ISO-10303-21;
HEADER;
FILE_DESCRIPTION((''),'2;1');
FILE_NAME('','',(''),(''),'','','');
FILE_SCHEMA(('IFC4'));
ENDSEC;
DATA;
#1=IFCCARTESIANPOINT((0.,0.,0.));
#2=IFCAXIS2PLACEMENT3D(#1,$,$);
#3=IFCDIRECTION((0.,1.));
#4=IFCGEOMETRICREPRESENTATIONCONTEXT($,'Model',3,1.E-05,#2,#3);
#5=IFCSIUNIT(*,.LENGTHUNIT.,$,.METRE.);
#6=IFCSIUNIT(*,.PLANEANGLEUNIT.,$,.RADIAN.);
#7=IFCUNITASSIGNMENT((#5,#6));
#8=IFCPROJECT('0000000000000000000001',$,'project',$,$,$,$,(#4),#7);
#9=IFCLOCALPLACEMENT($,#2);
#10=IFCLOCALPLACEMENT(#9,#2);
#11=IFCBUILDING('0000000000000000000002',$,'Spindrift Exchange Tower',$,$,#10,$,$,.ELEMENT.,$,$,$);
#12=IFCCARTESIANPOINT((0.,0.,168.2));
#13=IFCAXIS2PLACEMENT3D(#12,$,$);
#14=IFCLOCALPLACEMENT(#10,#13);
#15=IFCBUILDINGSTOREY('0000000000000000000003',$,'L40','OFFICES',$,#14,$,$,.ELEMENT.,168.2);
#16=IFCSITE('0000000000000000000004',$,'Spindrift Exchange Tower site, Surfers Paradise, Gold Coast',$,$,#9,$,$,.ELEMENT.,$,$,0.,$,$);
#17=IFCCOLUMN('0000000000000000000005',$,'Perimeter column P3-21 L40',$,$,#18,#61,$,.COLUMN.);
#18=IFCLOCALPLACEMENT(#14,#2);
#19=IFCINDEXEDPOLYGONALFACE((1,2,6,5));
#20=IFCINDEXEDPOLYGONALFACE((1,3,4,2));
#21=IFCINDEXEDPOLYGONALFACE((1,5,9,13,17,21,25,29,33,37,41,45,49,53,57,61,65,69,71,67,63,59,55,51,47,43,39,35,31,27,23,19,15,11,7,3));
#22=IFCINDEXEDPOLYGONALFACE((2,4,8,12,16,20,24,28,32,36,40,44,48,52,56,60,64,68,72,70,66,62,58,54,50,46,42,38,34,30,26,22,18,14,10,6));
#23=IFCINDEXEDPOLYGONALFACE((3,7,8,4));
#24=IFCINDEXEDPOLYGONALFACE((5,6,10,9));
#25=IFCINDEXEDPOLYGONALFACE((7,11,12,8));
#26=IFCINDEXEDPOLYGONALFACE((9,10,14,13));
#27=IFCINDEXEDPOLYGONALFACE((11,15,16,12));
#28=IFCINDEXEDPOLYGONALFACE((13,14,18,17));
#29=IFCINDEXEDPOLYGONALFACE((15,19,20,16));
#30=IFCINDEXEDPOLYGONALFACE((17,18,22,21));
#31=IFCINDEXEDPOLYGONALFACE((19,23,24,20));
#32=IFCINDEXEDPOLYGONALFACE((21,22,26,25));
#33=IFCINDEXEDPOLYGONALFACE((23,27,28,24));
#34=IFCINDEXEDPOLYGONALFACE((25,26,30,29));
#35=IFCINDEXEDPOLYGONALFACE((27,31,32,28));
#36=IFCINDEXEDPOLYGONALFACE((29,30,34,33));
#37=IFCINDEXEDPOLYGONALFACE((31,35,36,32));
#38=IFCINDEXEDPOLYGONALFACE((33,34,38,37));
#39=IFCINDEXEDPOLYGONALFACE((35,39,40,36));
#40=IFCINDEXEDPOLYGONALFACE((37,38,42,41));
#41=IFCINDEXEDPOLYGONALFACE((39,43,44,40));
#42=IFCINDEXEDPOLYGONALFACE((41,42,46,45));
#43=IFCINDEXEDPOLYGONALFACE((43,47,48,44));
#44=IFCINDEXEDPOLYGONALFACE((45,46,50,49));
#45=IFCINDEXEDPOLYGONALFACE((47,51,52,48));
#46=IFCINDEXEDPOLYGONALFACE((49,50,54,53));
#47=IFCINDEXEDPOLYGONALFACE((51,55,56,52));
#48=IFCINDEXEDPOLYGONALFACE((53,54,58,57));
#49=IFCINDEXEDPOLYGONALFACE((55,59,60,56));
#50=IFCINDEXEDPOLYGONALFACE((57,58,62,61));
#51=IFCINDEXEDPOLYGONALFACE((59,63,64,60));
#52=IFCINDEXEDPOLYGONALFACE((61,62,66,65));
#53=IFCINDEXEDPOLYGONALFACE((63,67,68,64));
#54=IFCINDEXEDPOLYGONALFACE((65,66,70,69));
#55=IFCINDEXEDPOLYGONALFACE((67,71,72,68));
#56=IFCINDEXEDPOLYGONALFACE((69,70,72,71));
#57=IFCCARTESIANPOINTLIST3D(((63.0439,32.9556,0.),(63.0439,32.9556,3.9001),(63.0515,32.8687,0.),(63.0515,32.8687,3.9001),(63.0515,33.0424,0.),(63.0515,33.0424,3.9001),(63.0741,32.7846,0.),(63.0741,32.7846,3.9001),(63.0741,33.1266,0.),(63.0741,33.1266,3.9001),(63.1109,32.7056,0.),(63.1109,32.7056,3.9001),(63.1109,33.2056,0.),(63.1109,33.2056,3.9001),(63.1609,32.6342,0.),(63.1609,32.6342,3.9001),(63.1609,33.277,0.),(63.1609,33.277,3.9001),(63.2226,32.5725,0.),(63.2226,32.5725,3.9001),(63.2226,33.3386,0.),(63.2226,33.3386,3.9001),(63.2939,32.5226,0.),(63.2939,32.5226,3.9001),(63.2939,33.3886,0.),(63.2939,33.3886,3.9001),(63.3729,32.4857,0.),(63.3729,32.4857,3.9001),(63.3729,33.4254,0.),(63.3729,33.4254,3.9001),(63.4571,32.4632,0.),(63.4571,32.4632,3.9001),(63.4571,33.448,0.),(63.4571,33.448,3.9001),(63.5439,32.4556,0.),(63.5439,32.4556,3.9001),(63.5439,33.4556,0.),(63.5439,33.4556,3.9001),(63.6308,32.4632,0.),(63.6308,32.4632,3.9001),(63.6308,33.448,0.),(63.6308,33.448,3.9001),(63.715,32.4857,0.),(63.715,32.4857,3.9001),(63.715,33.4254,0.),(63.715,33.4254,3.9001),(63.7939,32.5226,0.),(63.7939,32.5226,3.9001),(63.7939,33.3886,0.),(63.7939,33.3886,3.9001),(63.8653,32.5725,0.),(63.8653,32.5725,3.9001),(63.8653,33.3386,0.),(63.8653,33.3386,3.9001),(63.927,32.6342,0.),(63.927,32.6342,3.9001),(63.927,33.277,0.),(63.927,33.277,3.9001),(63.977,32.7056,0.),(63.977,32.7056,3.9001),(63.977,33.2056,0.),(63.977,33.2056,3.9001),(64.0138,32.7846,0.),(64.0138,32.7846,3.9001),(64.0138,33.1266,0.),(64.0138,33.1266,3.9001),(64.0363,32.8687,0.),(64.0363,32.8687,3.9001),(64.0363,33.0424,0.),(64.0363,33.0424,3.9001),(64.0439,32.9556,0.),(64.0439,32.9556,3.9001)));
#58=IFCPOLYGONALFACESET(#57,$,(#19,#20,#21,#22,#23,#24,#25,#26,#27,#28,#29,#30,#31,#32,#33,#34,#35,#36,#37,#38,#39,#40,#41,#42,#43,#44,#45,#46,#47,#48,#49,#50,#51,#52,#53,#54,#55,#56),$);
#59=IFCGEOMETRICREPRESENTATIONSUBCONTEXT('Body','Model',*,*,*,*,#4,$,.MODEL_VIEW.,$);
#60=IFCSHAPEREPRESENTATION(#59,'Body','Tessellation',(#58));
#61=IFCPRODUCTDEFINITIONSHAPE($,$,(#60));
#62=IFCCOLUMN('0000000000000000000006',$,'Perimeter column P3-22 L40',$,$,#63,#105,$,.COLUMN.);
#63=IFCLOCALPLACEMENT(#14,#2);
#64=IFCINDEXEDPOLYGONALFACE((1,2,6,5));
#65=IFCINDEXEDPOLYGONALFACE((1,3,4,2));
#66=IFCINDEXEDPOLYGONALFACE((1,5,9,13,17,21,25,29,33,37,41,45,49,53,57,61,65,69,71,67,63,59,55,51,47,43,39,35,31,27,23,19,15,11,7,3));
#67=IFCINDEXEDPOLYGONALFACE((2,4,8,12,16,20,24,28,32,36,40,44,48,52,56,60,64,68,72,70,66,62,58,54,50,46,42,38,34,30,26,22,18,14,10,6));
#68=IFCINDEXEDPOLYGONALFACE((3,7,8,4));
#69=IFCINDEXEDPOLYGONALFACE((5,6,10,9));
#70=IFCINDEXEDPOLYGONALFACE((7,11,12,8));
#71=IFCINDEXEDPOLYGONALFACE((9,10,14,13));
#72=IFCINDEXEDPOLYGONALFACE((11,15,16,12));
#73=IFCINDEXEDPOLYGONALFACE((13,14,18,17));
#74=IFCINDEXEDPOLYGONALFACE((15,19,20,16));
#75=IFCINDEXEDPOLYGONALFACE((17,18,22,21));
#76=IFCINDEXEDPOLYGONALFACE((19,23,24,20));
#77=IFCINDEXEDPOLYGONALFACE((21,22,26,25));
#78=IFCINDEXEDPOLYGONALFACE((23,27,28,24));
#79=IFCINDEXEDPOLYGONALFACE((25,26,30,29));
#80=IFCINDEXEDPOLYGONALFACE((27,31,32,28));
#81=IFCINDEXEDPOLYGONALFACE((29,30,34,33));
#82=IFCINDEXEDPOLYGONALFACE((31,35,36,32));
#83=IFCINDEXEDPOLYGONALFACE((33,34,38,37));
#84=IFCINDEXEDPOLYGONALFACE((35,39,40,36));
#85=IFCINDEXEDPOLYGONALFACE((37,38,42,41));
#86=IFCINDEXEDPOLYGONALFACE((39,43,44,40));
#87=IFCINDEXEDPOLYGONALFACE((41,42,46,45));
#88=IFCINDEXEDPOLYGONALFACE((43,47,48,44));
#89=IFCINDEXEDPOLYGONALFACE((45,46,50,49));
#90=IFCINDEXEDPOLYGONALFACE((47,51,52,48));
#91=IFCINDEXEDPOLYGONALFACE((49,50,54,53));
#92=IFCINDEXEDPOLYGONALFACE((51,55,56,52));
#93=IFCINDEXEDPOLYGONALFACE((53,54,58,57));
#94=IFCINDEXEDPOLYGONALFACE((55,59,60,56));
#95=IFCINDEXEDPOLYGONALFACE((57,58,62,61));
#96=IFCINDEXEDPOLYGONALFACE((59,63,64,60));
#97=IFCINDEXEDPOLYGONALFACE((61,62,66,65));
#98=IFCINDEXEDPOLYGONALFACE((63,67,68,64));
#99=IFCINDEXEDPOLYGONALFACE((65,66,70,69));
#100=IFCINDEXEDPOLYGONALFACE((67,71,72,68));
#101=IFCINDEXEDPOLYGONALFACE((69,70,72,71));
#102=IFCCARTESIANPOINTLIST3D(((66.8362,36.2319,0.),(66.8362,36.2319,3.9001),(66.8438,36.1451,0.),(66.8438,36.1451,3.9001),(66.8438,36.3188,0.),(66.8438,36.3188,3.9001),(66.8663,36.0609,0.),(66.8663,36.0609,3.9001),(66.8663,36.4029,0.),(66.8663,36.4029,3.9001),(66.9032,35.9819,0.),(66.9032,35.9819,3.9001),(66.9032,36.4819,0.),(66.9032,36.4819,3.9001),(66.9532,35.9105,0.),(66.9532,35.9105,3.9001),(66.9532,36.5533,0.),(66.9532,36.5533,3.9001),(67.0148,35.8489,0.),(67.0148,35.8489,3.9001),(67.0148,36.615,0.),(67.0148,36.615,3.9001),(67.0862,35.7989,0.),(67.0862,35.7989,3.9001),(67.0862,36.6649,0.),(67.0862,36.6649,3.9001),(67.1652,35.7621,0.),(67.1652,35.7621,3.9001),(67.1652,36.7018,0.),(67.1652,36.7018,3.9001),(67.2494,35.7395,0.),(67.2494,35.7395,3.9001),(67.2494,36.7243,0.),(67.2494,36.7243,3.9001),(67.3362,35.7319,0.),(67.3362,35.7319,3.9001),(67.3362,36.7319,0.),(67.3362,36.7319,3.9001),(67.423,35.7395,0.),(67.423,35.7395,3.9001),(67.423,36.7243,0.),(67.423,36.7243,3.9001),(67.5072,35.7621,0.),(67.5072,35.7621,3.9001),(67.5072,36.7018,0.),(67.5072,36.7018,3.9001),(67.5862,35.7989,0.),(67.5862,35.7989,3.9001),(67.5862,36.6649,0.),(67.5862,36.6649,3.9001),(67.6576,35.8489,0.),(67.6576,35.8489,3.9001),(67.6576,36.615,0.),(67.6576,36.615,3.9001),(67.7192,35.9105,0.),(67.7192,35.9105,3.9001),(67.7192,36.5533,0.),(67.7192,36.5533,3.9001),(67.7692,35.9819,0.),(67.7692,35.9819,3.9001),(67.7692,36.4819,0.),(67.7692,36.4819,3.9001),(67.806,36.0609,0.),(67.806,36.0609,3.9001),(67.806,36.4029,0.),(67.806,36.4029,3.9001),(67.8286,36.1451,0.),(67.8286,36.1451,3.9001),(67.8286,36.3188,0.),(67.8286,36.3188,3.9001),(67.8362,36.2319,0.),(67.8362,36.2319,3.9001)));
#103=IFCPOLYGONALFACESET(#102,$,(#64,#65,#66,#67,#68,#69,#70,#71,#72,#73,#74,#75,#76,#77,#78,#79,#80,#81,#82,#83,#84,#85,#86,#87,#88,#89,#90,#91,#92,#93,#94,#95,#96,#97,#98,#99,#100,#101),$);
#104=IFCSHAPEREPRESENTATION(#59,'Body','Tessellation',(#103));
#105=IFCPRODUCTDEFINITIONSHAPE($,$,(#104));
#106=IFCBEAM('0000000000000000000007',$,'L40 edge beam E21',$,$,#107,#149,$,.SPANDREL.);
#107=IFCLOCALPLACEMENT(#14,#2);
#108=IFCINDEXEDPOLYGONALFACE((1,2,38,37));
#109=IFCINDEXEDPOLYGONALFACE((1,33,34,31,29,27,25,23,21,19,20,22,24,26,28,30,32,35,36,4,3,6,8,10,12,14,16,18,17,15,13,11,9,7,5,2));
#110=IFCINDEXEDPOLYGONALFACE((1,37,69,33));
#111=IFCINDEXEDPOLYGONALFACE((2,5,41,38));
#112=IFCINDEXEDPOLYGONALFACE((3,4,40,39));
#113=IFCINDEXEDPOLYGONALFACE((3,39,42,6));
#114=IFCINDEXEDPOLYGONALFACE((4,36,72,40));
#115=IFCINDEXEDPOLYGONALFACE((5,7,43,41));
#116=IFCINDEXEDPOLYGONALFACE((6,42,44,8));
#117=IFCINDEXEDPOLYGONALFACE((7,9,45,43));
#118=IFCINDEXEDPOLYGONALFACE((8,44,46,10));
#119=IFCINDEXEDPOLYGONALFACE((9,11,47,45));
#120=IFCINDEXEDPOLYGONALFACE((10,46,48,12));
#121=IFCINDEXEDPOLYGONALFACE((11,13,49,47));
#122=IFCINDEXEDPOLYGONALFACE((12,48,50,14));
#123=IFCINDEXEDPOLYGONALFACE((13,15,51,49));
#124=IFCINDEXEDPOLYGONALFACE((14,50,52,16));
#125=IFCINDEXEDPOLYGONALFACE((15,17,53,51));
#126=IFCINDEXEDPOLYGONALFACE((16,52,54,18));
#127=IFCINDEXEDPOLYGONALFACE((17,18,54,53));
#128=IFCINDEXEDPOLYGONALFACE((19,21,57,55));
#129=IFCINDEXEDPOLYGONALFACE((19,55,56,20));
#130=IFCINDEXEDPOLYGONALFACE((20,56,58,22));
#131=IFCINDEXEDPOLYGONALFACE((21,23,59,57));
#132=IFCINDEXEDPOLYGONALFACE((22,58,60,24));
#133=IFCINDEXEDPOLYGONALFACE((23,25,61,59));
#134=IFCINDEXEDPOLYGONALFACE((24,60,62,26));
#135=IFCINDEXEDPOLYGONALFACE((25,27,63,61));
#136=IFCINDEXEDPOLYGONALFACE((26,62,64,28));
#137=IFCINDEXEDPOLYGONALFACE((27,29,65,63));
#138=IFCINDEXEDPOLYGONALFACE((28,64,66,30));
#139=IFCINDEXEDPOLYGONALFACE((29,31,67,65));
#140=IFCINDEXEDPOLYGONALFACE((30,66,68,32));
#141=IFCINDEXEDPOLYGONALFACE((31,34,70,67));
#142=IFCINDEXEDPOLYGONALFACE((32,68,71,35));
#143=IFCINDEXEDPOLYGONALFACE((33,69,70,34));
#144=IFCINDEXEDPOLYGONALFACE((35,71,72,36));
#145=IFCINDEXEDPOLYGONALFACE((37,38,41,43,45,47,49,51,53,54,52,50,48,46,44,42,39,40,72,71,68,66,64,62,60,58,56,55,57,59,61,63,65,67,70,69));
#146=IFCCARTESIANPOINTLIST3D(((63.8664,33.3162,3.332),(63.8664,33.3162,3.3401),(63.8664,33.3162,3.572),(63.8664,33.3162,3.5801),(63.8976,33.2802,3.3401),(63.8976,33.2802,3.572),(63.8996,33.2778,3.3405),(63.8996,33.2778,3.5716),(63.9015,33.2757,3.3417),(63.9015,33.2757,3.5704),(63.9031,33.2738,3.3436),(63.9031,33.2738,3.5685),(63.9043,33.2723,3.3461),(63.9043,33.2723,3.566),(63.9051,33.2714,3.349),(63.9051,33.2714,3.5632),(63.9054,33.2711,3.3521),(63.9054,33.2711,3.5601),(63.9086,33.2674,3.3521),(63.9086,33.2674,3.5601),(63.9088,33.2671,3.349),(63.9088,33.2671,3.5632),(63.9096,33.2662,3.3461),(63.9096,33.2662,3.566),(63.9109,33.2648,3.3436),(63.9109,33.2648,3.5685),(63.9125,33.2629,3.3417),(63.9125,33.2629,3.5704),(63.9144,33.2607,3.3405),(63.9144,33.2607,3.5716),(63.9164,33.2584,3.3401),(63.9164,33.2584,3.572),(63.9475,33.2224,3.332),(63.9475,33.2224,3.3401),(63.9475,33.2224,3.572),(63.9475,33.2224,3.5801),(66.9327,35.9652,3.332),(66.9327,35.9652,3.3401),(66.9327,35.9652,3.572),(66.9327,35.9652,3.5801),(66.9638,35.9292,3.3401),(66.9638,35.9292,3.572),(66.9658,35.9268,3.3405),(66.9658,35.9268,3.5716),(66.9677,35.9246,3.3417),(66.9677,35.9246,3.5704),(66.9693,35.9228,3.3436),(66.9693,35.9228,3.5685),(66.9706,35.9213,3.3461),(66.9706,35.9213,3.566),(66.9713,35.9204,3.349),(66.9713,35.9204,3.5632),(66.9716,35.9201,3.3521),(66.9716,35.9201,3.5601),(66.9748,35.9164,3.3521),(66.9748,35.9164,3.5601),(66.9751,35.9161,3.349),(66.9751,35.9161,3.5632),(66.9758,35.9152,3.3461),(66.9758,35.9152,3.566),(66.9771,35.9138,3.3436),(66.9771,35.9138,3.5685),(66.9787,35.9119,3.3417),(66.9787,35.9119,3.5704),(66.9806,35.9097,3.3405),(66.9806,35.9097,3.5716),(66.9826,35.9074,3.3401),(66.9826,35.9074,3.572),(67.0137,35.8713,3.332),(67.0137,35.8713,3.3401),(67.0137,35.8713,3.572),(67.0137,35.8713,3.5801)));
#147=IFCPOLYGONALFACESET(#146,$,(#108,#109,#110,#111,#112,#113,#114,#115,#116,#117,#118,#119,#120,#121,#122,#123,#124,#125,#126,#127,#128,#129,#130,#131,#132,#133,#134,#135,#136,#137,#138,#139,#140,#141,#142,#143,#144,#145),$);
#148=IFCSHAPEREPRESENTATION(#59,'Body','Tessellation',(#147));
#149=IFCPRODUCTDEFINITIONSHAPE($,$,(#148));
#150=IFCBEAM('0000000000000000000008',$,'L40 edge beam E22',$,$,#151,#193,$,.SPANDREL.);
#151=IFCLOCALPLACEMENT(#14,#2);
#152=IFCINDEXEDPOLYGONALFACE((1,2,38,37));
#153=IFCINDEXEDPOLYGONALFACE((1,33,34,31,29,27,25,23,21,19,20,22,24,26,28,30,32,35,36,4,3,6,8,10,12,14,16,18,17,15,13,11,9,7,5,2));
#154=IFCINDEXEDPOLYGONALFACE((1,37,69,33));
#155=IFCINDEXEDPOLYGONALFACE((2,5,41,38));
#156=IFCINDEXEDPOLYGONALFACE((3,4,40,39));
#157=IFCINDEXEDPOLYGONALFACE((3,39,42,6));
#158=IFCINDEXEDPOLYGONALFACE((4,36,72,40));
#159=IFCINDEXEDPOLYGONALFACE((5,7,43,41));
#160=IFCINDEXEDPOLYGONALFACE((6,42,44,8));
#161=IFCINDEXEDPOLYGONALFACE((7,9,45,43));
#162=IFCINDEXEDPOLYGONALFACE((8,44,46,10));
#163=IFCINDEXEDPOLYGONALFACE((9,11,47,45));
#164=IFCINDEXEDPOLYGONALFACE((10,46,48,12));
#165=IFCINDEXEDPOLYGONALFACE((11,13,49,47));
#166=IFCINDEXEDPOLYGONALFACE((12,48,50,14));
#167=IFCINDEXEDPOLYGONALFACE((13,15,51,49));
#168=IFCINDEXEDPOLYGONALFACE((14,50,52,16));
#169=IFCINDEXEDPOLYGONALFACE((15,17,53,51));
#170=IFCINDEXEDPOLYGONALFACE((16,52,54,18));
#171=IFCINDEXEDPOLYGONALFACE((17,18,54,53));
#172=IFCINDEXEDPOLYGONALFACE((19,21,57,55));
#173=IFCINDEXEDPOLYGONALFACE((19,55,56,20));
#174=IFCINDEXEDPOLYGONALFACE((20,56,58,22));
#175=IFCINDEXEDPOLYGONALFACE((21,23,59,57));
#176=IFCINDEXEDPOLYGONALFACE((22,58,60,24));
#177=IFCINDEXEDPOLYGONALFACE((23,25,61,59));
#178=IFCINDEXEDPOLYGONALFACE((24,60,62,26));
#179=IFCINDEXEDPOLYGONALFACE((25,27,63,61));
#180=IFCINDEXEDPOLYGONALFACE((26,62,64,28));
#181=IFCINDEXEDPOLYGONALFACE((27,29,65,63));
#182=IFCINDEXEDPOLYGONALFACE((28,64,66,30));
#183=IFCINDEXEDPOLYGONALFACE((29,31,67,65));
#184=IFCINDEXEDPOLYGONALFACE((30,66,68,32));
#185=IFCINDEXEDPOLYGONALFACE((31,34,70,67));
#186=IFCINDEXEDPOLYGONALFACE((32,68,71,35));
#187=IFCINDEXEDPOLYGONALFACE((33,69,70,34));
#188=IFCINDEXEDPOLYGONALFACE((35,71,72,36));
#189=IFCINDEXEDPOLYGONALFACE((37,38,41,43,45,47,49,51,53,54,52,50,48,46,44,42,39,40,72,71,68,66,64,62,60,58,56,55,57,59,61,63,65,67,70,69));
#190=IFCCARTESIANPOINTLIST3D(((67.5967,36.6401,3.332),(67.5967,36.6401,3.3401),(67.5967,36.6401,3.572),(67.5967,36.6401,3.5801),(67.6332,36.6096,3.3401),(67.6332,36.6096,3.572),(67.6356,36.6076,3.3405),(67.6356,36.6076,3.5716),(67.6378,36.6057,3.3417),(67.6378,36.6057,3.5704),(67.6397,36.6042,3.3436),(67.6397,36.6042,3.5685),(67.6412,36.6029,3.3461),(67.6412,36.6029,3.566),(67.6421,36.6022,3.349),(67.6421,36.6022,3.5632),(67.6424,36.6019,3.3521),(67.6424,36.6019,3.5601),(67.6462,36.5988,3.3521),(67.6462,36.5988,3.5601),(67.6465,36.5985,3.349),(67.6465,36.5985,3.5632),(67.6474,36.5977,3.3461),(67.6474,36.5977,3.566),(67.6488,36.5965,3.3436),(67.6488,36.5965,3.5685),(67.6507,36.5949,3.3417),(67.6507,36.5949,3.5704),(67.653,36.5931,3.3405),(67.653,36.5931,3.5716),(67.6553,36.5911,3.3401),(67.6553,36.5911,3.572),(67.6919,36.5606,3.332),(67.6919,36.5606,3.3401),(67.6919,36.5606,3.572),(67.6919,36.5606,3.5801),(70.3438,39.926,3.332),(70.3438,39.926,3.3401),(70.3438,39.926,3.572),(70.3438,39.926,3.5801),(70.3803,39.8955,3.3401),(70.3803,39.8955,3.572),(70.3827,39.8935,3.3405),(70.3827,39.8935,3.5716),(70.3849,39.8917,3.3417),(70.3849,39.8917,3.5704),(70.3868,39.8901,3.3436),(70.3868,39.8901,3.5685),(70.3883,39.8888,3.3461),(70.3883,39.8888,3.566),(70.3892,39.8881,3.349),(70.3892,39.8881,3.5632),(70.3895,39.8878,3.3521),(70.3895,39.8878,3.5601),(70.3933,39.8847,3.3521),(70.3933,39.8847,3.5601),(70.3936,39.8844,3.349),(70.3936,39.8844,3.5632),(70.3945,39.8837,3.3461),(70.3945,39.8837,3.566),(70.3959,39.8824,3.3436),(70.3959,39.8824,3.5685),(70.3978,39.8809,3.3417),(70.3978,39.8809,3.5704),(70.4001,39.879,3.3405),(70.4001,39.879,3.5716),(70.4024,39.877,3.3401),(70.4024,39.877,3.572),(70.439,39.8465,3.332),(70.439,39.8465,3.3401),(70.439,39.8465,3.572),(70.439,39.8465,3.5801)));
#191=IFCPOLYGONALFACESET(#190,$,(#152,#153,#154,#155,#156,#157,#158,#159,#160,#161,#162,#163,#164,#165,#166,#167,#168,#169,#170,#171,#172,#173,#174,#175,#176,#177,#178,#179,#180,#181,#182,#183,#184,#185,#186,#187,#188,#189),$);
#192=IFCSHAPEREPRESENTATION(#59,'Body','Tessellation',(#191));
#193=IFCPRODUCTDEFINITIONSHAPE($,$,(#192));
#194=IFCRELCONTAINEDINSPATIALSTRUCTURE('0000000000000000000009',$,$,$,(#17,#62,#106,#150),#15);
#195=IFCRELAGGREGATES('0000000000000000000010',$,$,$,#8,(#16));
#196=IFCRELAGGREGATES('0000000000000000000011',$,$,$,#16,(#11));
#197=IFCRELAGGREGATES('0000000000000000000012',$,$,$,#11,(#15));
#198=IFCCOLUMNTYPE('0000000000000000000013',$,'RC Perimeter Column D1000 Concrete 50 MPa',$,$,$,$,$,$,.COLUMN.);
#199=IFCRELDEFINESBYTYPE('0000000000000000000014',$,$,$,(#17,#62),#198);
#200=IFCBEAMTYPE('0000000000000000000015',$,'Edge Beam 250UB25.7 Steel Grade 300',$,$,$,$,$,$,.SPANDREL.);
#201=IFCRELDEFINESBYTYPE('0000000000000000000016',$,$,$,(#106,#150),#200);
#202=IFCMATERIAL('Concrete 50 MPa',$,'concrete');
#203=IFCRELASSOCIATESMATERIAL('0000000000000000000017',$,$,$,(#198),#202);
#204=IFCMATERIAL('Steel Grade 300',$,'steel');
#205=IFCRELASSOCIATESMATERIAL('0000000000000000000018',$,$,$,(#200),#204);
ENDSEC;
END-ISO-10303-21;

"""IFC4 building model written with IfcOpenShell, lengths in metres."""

from ifc_helpers import new_model, si_unit, direction, frame, origin, origin_2d, place, context, subcontext, project, spatial, circle, i_section, extrude, source, transform, mapped, material, material_profile, profile_set, type_object, element, save


model = new_model("IFC4")

# Units and contexts
model_context = context("Model", 3, precision=1e-05, world=origin(), true_north=direction((0.0, 1.0)))
body_context = subcontext(model_context, "Body", "Model", "MODEL_VIEW")
ifc_project = project(units=[si_unit("LENGTHUNIT", "METRE"), si_unit("PLANEANGLEUNIT", "RADIAN")], contexts=[model_context])

# Site, building, storey
site_placement = place(None, origin())
site = spatial("IfcSite", under=ifc_project, at=site_placement, Name="Spindrift Exchange Tower site, Surfers Paradise, Gold Coast", CompositionType="ELEMENT", RefElevation=0.0)
building_placement = place(site_placement, origin())
building = spatial("IfcBuilding", under=site, at=building_placement, Name="Spindrift Exchange Tower", CompositionType="ELEMENT")
storey_placement = place(building_placement, frame((0.0, 0.0, 168.2)))
storey = spatial("IfcBuildingStorey", under=building, at=storey_placement, Name="L40", Description="OFFICES", CompositionType="ELEMENT", Elevation=168.2)

# Columns
ifc_material_1 = material(Name="Concrete 50 MPa", Category="concrete")
ifc_material_profile_1 = material_profile(ifc_material_1, circle(Radius=0.5, at=origin_2d()), Name="RC D1000")
ifc_profile_set_1 = profile_set([ifc_material_profile_1], Name="Concrete 50 MPa")
column_type = type_object("IfcColumnType", Name="RC Perimeter Column D1000 Concrete 50 MPa", PredefinedType="COLUMN", material=ifc_profile_set_1)
shared_shape_1 = source(origin(), body_context, "Body", "SweptSolid", [
    extrude(circle(Radius=0.5, at=origin_2d()), origin(), (0.0, 0.0, 1.0), 3.9001),
])
for number, where, z_axis, x_axis, name in (
    (1, (63.5439, 32.9556, 0.0), (0.0, 0.0, 1.0), (1.0, 0.0, 0.0), "Perimeter column P3-21 L40"),
    (2, (67.3362, 36.2319, 0.0), (0.0, 0.0, 1.0), (1.0, 0.0, 0.0), "Perimeter column P3-22 L40"),
):
    element("IfcColumn", number, at=place(storey_placement, frame(where, z_axis=z_axis, x_axis=x_axis)), inside=storey, type_object=column_type, Name=name, PredefinedType="COLUMN", context=body_context, shape_type="MappedRepresentation", body=[
        mapped(shared_shape_1, transform((0.0, 0.0, 0.0), scale=1.0)),
    ])

# Beams
ifc_material_2 = material(Name="Steel Grade 300", Category="steel")
ifc_material_profile_2 = material_profile(ifc_material_2, i_section(OverallWidth=0.124, OverallDepth=0.248, WebThickness=0.0049, FlangeThickness=0.0081, FilletRadius=0.012, at=origin_2d()), Name="250UB25.7")
ifc_profile_set_2 = profile_set([ifc_material_profile_2], Name="Steel Grade 300")
beam_type = type_object("IfcBeamType", Name="Edge Beam 250UB25.7 Steel Grade 300", PredefinedType="SPANDREL", material=ifc_profile_set_2)
shared_shape_2 = source(origin(), body_context, "Body", "SweptSolid", [
    extrude(i_section(OverallWidth=0.124, OverallDepth=0.248, WebThickness=0.0049, FlangeThickness=0.0081, FilletRadius=0.012, at=origin_2d()), origin(), (0.0, 0.0, 1.0), 4.052),
])
beam_1_placement = place(storey_placement, frame((63.907, 33.2693, 3.4561), z_axis=(0.756716, 0.653744, 0.0), x_axis=(-0.653744, 0.756716, 0.0)))
element("IfcBeam", 3, at=beam_1_placement, inside=storey, type_object=beam_type, Name="L40 edge beam E21", PredefinedType="SPANDREL", context=body_context, shape_type="MappedRepresentation", body=[
    mapped(shared_shape_2, transform((0.0, 0.0, 0.0), scale=1.0)),
])
shared_shape_3 = source(origin(), body_context, "Body", "SweptSolid", [
    extrude(i_section(OverallWidth=0.124, OverallDepth=0.248, WebThickness=0.0049, FlangeThickness=0.0081, FilletRadius=0.012, at=origin_2d()), origin(), (0.0, 0.0, 1.0), 4.283),
])
beam_2_placement = place(storey_placement, frame((67.6443, 36.6003, 3.4561), z_axis=(0.6414, 0.767206, 0.0), x_axis=(-0.767206, 0.6414, 0.0)))
element("IfcBeam", 4, at=beam_2_placement, inside=storey, type_object=beam_type, Name="L40 edge beam E22", PredefinedType="SPANDREL", context=body_context, shape_type="MappedRepresentation", body=[
    mapped(shared_shape_3, transform((0.0, 0.0, 0.0), scale=1.0)),
])

save(model, "model.ifc")
